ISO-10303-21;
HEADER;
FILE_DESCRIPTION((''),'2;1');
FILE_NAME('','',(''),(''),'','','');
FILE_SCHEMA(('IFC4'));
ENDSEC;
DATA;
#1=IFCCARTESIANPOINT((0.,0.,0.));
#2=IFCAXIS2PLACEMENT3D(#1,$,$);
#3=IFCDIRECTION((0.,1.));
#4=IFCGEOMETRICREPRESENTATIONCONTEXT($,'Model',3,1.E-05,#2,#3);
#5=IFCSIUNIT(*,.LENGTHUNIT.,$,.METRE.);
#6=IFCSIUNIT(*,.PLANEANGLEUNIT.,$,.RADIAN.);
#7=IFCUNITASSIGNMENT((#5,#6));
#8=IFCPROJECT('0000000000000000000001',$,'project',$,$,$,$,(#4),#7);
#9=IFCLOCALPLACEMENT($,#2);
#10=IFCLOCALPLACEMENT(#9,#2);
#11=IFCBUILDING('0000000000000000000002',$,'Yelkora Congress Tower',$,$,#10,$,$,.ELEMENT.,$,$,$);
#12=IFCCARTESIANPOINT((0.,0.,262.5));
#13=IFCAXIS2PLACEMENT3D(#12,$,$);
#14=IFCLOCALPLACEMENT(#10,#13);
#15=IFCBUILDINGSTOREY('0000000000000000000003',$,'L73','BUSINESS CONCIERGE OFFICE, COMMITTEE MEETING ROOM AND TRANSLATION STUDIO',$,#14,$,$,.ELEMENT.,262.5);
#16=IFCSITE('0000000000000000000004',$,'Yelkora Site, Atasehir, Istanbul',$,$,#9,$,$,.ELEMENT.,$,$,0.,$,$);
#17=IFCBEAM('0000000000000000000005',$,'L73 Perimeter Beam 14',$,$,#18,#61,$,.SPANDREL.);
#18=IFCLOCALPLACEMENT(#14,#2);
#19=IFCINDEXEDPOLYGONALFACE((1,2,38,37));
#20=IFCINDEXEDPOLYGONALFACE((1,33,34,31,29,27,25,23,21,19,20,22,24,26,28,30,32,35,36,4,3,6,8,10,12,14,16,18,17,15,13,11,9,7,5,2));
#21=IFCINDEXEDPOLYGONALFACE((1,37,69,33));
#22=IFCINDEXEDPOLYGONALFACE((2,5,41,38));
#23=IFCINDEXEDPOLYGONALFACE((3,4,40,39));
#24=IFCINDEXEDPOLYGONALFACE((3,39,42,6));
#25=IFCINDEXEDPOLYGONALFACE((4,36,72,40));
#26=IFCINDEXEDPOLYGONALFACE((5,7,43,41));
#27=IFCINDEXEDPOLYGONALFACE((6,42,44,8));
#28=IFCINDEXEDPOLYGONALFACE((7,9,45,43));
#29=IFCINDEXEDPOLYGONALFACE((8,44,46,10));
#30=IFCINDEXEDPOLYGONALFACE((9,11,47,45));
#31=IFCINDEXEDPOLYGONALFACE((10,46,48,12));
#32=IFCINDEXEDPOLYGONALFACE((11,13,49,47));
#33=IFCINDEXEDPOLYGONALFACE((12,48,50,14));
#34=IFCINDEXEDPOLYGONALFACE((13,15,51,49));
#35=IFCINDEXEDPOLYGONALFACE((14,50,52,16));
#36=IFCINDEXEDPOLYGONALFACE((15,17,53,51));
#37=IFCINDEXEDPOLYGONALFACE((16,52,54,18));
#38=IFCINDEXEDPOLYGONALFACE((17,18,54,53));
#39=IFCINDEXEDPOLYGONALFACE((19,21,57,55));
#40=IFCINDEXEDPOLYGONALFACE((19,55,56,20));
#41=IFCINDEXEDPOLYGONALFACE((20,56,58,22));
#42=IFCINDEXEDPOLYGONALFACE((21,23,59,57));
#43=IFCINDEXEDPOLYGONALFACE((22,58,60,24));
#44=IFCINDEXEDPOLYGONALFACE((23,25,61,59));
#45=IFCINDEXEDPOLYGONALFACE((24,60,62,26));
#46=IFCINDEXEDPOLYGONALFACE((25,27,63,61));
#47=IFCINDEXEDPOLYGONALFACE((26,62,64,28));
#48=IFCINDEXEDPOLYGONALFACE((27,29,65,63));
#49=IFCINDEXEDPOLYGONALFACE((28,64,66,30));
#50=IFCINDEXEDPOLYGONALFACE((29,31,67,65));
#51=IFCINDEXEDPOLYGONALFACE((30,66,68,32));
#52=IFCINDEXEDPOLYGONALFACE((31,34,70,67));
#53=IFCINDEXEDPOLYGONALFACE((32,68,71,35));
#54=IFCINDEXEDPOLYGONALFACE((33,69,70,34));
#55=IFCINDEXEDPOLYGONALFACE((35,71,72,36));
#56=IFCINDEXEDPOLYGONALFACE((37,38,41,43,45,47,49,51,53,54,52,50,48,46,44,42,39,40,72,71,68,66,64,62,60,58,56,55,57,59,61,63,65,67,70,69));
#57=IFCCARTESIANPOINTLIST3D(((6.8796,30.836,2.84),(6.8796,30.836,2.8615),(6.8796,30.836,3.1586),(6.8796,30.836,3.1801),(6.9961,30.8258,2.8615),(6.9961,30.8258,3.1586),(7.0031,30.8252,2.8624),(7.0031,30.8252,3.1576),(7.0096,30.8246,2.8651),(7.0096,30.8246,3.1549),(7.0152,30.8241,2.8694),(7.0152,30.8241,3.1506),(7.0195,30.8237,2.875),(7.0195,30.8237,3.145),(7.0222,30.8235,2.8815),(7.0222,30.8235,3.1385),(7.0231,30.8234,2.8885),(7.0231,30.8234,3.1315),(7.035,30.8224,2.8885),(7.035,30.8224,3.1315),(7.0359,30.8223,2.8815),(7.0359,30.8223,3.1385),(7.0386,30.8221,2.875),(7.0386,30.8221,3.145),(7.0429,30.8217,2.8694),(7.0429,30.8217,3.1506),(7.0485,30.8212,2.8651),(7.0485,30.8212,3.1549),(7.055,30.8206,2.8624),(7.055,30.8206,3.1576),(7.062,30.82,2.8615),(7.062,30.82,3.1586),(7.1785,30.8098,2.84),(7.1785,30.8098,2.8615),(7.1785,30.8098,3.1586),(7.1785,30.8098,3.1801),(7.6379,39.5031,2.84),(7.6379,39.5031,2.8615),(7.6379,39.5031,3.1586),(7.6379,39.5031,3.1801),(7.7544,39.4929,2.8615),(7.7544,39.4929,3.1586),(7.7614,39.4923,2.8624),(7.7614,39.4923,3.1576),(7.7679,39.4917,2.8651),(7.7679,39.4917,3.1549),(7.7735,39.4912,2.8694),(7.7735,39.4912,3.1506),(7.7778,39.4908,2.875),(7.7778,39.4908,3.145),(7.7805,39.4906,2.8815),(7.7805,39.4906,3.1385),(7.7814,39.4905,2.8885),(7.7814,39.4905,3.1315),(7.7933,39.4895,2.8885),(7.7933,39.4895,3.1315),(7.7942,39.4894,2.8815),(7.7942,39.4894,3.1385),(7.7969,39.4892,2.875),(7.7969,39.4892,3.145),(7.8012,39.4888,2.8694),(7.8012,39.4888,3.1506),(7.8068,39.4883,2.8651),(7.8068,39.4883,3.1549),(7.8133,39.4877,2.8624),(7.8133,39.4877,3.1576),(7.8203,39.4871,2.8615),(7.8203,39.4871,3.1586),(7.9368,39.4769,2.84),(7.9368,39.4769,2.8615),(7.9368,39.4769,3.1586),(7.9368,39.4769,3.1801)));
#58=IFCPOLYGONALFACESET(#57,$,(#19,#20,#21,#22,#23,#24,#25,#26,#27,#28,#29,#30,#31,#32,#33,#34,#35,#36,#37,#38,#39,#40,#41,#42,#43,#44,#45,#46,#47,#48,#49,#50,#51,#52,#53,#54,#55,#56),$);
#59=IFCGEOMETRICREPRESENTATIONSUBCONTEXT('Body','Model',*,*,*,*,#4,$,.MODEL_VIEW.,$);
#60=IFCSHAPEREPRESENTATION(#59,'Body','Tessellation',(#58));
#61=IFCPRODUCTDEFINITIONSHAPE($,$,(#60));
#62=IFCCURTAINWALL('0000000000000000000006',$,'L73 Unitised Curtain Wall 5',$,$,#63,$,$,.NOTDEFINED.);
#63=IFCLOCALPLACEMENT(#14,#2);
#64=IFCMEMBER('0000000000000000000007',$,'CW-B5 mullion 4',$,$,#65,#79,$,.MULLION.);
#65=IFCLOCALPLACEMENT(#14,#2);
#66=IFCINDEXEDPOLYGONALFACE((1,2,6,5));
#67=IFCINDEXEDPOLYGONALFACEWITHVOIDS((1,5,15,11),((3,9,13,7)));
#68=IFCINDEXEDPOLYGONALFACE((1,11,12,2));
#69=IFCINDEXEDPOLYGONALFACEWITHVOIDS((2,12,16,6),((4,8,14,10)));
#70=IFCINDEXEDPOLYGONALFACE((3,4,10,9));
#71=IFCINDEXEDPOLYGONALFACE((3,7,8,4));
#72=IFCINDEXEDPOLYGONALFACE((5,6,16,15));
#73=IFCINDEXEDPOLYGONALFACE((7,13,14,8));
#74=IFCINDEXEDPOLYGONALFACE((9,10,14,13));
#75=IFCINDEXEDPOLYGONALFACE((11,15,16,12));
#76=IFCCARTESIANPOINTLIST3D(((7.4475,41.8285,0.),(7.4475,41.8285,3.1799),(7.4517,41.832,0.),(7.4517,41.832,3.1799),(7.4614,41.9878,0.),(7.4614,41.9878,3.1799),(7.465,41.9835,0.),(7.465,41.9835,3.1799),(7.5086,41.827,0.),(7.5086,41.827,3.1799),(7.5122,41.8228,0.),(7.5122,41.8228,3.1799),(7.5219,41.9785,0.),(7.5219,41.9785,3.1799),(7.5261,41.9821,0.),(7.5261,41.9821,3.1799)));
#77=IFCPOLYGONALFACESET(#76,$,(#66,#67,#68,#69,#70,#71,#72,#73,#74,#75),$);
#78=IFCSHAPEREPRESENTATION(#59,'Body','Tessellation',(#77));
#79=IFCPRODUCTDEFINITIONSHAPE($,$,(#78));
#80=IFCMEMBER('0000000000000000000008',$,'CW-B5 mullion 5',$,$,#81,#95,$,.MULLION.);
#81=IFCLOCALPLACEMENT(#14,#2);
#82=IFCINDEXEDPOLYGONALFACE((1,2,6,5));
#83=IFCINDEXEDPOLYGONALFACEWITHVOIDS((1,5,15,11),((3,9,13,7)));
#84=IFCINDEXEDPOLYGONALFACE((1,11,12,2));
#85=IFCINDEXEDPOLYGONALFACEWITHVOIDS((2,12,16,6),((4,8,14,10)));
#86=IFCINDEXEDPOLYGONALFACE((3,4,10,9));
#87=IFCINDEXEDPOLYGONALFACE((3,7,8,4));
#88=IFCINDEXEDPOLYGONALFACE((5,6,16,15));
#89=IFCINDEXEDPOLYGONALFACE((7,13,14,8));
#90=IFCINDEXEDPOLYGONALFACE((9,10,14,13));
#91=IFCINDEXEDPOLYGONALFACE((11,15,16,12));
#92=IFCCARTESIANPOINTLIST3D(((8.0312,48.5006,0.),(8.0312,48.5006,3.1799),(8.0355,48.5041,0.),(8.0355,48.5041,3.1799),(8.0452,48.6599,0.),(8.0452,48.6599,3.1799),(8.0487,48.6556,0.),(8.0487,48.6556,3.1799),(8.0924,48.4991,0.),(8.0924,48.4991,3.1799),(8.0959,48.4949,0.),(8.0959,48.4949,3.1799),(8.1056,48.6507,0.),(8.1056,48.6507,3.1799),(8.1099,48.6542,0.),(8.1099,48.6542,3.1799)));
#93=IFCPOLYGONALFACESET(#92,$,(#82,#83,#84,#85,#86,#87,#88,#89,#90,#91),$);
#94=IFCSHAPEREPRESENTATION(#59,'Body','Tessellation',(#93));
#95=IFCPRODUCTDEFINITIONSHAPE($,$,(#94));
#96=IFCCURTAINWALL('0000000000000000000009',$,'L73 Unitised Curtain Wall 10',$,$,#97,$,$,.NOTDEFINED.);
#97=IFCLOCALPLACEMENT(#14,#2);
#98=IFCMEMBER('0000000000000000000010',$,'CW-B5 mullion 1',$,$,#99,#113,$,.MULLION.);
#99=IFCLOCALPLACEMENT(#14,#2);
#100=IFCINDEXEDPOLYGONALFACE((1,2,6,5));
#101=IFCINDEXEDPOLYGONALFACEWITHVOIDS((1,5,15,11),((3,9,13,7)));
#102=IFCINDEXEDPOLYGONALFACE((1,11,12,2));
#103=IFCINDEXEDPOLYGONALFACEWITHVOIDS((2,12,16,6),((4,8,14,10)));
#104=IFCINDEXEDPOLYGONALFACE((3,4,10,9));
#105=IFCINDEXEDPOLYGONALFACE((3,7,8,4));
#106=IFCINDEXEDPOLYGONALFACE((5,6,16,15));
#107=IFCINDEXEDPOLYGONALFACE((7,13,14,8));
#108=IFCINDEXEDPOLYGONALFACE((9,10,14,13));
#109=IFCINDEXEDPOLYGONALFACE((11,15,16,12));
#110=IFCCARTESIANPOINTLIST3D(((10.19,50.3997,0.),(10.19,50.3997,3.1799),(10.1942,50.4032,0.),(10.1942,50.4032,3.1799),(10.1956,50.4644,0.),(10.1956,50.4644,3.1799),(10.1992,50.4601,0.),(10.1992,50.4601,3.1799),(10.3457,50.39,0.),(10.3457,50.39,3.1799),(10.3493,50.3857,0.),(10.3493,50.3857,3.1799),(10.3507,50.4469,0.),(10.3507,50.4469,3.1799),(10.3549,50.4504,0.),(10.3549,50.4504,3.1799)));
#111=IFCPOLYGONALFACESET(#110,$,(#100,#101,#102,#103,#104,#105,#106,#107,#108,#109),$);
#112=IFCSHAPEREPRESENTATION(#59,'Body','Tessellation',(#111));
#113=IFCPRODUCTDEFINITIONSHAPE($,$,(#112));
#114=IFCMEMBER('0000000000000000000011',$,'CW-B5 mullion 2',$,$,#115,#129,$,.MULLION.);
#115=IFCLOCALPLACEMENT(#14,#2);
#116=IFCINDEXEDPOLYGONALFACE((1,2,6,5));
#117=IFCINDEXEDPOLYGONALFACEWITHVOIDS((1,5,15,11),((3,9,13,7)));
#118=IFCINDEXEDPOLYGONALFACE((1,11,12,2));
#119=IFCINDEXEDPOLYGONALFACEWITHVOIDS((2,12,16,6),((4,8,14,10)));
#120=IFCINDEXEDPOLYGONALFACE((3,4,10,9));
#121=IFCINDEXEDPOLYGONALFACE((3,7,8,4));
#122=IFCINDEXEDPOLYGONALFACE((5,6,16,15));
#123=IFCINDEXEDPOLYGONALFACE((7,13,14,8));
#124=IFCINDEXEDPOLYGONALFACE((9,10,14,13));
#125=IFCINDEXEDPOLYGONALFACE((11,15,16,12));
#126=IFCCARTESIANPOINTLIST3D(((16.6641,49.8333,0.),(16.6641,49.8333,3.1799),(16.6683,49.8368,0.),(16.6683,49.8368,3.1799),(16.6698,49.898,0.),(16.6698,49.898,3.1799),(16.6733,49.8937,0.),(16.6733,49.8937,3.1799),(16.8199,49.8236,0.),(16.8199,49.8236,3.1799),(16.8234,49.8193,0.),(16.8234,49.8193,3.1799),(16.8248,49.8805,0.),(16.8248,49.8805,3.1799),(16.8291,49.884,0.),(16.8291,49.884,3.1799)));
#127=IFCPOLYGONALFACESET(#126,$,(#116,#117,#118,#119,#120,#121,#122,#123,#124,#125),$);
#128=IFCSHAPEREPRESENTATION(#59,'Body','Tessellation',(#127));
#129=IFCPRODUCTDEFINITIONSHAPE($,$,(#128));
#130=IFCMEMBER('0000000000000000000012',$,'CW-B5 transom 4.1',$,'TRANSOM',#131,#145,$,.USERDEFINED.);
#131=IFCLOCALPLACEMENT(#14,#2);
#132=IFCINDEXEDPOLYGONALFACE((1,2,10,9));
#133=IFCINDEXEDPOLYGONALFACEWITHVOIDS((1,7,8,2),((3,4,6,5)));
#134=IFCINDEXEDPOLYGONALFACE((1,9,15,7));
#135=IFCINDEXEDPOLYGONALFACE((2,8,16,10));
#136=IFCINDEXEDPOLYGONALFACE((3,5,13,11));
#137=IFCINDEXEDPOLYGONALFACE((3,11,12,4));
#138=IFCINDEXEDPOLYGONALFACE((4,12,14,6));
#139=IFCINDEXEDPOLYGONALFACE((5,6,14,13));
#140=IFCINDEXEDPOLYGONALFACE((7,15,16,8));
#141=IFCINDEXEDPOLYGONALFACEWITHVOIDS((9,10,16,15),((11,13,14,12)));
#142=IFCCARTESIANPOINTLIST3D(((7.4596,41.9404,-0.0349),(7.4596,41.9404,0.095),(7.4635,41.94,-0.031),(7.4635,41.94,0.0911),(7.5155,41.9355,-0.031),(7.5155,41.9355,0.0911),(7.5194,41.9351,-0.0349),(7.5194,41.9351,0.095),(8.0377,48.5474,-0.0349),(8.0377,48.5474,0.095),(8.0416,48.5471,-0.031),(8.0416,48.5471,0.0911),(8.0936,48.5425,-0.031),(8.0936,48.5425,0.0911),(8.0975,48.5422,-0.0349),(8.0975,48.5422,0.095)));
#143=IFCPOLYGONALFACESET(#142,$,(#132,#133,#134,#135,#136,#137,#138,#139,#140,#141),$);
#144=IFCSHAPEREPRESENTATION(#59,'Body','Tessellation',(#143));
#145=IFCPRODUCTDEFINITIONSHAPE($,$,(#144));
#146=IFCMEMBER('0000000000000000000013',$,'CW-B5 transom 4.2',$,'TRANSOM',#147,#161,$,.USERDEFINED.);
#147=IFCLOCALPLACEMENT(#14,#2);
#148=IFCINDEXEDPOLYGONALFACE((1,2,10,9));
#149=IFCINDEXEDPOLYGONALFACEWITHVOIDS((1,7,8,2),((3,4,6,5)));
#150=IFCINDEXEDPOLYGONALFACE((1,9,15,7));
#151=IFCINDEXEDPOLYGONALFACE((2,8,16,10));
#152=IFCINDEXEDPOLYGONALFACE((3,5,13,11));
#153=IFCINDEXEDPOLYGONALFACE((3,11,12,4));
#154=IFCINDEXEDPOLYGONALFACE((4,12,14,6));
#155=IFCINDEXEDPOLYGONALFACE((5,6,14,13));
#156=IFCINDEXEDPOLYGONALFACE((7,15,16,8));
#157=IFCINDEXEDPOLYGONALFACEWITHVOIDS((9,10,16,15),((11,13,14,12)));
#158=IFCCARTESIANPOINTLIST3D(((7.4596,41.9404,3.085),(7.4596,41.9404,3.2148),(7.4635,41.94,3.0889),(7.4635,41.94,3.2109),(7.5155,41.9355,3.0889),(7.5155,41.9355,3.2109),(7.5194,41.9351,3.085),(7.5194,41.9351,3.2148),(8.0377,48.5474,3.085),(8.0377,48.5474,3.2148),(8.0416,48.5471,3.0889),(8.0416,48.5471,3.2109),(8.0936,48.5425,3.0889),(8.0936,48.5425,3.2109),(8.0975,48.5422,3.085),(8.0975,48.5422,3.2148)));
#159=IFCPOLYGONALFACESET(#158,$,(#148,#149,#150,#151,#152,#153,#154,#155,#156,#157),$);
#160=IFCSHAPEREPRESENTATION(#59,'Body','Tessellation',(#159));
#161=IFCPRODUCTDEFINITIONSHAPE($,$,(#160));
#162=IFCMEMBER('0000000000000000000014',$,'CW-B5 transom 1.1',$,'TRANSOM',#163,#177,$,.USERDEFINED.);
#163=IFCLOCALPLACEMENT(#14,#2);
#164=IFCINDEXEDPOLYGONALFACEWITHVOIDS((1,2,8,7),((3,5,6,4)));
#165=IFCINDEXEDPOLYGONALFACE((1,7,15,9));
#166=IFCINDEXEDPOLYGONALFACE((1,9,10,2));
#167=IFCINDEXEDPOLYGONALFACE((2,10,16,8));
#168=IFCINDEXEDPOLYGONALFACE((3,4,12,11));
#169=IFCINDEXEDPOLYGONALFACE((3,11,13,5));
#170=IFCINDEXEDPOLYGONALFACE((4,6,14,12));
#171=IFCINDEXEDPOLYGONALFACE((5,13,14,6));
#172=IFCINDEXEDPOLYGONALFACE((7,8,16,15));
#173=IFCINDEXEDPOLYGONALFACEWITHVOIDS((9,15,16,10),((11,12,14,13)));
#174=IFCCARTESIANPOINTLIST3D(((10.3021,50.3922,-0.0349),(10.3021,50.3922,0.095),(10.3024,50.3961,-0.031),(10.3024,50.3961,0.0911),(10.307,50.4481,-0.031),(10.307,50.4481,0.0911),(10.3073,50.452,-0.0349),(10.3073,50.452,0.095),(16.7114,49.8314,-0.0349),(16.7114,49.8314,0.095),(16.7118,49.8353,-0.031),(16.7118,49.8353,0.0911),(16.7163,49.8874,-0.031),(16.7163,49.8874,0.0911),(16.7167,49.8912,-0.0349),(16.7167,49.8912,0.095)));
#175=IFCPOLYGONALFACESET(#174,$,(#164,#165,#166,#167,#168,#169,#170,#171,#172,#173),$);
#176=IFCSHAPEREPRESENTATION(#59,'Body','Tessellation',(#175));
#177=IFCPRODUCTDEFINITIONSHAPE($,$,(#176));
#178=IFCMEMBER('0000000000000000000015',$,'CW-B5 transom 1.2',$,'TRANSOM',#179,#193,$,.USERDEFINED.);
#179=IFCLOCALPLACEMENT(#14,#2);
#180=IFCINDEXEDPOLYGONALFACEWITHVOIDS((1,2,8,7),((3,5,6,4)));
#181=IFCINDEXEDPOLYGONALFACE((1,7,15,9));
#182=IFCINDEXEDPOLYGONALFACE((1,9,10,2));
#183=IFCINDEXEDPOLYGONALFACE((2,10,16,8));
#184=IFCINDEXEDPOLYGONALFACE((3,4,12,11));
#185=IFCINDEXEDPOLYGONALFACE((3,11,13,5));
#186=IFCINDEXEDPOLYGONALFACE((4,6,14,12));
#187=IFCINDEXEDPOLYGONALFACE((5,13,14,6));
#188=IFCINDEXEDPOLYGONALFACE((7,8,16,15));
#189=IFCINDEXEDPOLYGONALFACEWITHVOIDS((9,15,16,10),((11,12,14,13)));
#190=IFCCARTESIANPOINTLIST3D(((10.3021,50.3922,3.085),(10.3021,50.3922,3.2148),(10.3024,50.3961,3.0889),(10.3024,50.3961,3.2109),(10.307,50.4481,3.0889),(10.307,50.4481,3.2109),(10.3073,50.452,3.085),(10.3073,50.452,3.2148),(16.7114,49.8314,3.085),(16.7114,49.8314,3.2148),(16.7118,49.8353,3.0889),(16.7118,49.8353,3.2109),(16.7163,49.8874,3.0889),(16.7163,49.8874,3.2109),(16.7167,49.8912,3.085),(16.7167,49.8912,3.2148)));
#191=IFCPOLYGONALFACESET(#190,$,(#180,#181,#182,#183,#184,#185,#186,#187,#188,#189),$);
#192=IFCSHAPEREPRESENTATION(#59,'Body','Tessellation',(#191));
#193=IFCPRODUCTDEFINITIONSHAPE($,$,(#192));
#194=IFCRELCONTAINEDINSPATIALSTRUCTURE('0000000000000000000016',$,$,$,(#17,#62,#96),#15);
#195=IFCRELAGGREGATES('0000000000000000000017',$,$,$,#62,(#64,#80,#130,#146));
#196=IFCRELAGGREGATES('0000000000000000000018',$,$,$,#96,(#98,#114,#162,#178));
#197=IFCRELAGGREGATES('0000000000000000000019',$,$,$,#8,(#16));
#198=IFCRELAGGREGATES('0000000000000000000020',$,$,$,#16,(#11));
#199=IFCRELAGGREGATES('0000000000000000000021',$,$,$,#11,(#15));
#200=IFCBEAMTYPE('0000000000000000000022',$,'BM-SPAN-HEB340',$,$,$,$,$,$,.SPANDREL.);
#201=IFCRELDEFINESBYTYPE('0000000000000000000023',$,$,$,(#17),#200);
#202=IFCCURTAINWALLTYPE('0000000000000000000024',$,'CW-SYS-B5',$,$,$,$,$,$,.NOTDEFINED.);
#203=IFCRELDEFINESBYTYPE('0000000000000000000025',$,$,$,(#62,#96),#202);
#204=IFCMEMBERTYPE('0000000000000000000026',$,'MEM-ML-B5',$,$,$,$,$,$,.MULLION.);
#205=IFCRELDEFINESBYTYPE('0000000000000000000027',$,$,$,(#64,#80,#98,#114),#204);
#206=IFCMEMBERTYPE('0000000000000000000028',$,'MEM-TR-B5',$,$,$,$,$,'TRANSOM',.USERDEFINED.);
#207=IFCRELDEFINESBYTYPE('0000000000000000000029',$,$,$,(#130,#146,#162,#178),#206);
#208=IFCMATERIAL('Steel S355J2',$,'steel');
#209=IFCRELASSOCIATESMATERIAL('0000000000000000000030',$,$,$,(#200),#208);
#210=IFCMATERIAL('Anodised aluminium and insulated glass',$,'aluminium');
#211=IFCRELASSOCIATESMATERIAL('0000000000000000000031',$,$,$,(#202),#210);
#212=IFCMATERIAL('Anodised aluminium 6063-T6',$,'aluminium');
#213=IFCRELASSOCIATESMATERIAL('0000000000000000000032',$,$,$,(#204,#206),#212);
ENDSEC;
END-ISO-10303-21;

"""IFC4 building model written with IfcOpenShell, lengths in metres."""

from ifc_helpers import new_model, si_unit, direction, frame, origin, origin_2d, place, context, subcontext, project, spatial, hollow_rectangle, i_section, extrude, material, material_profile, profile_set, type_object, element, aggregate, save


model = new_model("IFC4")

# Units and contexts
model_context = context("Model", 3, precision=1e-05, world=origin(), true_north=direction((0.0, 1.0)))
body_context = subcontext(model_context, "Body", "Model", "MODEL_VIEW")
ifc_project = project(units=[si_unit("LENGTHUNIT", "METRE"), si_unit("PLANEANGLEUNIT", "RADIAN")], contexts=[model_context])

# Site, building, storey
site_placement = place(None, origin())
site = spatial("IfcSite", under=ifc_project, at=site_placement, Name="Yelkora Site, Atasehir, Istanbul", CompositionType="ELEMENT", RefElevation=0.0)
building_placement = place(site_placement, origin())
building = spatial("IfcBuilding", under=site, at=building_placement, Name="Yelkora Congress Tower", CompositionType="ELEMENT")
storey_placement = place(building_placement, frame((0.0, 0.0, 262.5)))
storey = spatial("IfcBuildingStorey", under=building, at=storey_placement, Name="L73", Description="BUSINESS CONCIERGE OFFICE, COMMITTEE MEETING ROOM AND TRANSLATION STUDIO", CompositionType="ELEMENT", Elevation=262.5)

# Shared definitions
ifc_material_1 = material(Name="Steel S355J2", Category="steel")

# Beam
ifc_material_profile_1 = material_profile(ifc_material_1, i_section(OverallWidth=0.3, OverallDepth=0.3401, WebThickness=0.012, FlangeThickness=0.0215, FilletRadius=0.0271, at=origin_2d()), Name="HEB 340")
ifc_profile_set_1 = profile_set([ifc_material_profile_1], Name="Steel S355J2")
beam_type_1 = type_object("IfcBeamType", Name="BM-SPAN-HEB340", PredefinedType="SPANDREL", material=ifc_profile_set_1)
beam_1_placement = place(storey_placement, frame((7.7874, 39.49, 3.01), z_axis=(-0.08716, -0.996194, 0.0), x_axis=(0.996194, -0.08716, 0.0)))
element("IfcBeam", 1, at=beam_1_placement, inside=storey, type_object=beam_type_1, Name="L73 Perimeter Beam 14", PredefinedType="SPANDREL", context=body_context, shape_type="SweptSolid", body=[
    extrude(i_section(OverallWidth=0.3, OverallDepth=0.3401, WebThickness=0.012, FlangeThickness=0.0215, FilletRadius=0.0271, at=origin_2d()), origin(), (0.0, 0.0, 1.0), 8.7002),
])

# Curtain walls, members
ifc_material_2 = material(Name="Anodised aluminium and insulated glass", Category="aluminium")
curtain_wall_type = type_object("IfcCurtainWallType", Name="CW-SYS-B5", PredefinedType="NOTDEFINED", material=ifc_material_2)
curtain_wall_1_placement = place(storey_placement, origin())
curtain_wall_1 = element("IfcCurtainWall", 2, at=curtain_wall_1_placement, inside=storey, type_object=curtain_wall_type, Name="L73 Unitised Curtain Wall 5", PredefinedType="NOTDEFINED")
ifc_material_3 = material(Name="Anodised aluminium 6063-T6", Category="aluminium")
ifc_material_profile_2 = material_profile(ifc_material_3, hollow_rectangle(XDim=0.0649, YDim=0.1599, WallThickness=0.0039, at=origin_2d()), Name="ALU 65x160x4")
ifc_profile_set_2 = profile_set([ifc_material_profile_2], Name="Anodised aluminium 6063-T6")
member_type_1 = type_object("IfcMemberType", Name="MEM-ML-B5", PredefinedType="MULLION", material=ifc_profile_set_2)
member_1_placement = place(storey_placement, frame((7.4868, 41.9053, 0.0), z_axis=(0.0, 0.0, 1.0), x_axis=(-0.996195, 0.087155, 0.0)))
member_1 = element("IfcMember", 3, at=member_1_placement, type_object=member_type_1, Name="CW-B5 mullion 4", PredefinedType="MULLION", context=body_context, shape_type="SweptSolid", body=[
    extrude(hollow_rectangle(XDim=0.0649, YDim=0.1599, WallThickness=0.0039, at=origin_2d()), origin(), (0.0, 0.0, 1.0), 3.1799),
])
member_2_placement = place(storey_placement, frame((8.0706, 48.5774, 0.0), z_axis=(0.0, 0.0, 1.0), x_axis=(-0.996195, 0.087155, 0.0)))
member_2 = element("IfcMember", 4, at=member_2_placement, type_object=member_type_1, Name="CW-B5 mullion 5", PredefinedType="MULLION", context=body_context, shape_type="SweptSolid", body=[
    extrude(hollow_rectangle(XDim=0.0649, YDim=0.1599, WallThickness=0.0039, at=origin_2d()), origin(), (0.0, 0.0, 1.0), 3.1799),
])
curtain_wall_2_placement = place(storey_placement, origin())
curtain_wall_2 = element("IfcCurtainWall", 5, at=curtain_wall_2_placement, inside=storey, type_object=curtain_wall_type, Name="L73 Unitised Curtain Wall 10", PredefinedType="NOTDEFINED")
member_3_placement = place(storey_placement, frame((10.2725, 50.425, 0.0), z_axis=(0.0, 0.0, 1.0), x_axis=(0.087157, 0.996195, 0.0)))
member_3 = element("IfcMember", 6, at=member_3_placement, type_object=member_type_1, Name="CW-B5 mullion 1", PredefinedType="MULLION", context=body_context, shape_type="SweptSolid", body=[
    extrude(hollow_rectangle(XDim=0.0649, YDim=0.1599, WallThickness=0.0039, at=origin_2d()), origin(), (0.0, 0.0, 1.0), 3.1799),
])
member_4_placement = place(storey_placement, frame((16.7466, 49.8586, 0.0), z_axis=(0.0, 0.0, 1.0), x_axis=(0.087157, 0.996195, 0.0)))
member_4 = element("IfcMember", 7, at=member_4_placement, type_object=member_type_1, Name="CW-B5 mullion 2", PredefinedType="MULLION", context=body_context, shape_type="SweptSolid", body=[
    extrude(hollow_rectangle(XDim=0.0649, YDim=0.1599, WallThickness=0.0039, at=origin_2d()), origin(), (0.0, 0.0, 1.0), 3.1799),
])

# Members
ifc_material_profile_3 = material_profile(ifc_material_3, hollow_rectangle(XDim=0.0601, YDim=0.1299, WallThickness=0.0039, at=origin_2d()), Name="ALU 60x130x4")
ifc_profile_set_3 = profile_set([ifc_material_profile_3], Name="Anodised aluminium 6063-T6")
member_type_2 = type_object("IfcMemberType", Name="MEM-TR-B5", ElementType="TRANSOM", PredefinedType="USERDEFINED", material=ifc_profile_set_3)
member_5_placement = place(storey_placement, frame((7.4895, 41.9377, 0.03), z_axis=(0.087166, 0.996194, 0.0), x_axis=(-0.996194, 0.087166, 0.0)))
member_5 = element("IfcMember", 8, at=member_5_placement, type_object=member_type_2, Name="CW-B5 transom 4.1", ObjectType="TRANSOM", PredefinedType="USERDEFINED", context=body_context, shape_type="SweptSolid", body=[
    extrude(hollow_rectangle(XDim=0.0601, YDim=0.1299, WallThickness=0.0039, at=origin_2d()), origin(), (0.0, 0.0, 1.0), 6.6323),
])
member_6_placement = place(storey_placement, frame((7.4895, 41.9377, 3.1499), z_axis=(0.087166, 0.996194, 0.0), x_axis=(-0.996194, 0.087166, 0.0)))
member_6 = element("IfcMember", 9, at=member_6_placement, type_object=member_type_2, Name="CW-B5 transom 4.2", ObjectType="TRANSOM", PredefinedType="USERDEFINED", context=body_context, shape_type="SweptSolid", body=[
    extrude(hollow_rectangle(XDim=0.0601, YDim=0.1299, WallThickness=0.0039, at=origin_2d()), origin(), (0.0, 0.0, 1.0), 6.6323),
])
member_7_placement = place(storey_placement, frame((10.3047, 50.4221, 0.03), z_axis=(0.996194, -0.087162, 0.0), x_axis=(0.087162, 0.996194, 0.0)))
member_7 = element("IfcMember", 10, at=member_7_placement, type_object=member_type_2, Name="CW-B5 transom 1.1", ObjectType="TRANSOM", PredefinedType="USERDEFINED", context=body_context, shape_type="SweptSolid", body=[
    extrude(hollow_rectangle(XDim=0.0601, YDim=0.1299, WallThickness=0.0039, at=origin_2d()), origin(), (0.0, 0.0, 1.0), 6.4338),
])
member_8_placement = place(storey_placement, frame((10.3047, 50.4221, 3.1499), z_axis=(0.996194, -0.087162, 0.0), x_axis=(0.087162, 0.996194, 0.0)))
member_8 = element("IfcMember", 11, at=member_8_placement, type_object=member_type_2, Name="CW-B5 transom 1.2", ObjectType="TRANSOM", PredefinedType="USERDEFINED", context=body_context, shape_type="SweptSolid", body=[
    extrude(hollow_rectangle(XDim=0.0601, YDim=0.1299, WallThickness=0.0039, at=origin_2d()), origin(), (0.0, 0.0, 1.0), 6.4338),
])

aggregate(curtain_wall_1, [member_1, member_2, member_5, member_6])
aggregate(curtain_wall_2, [member_3, member_4, member_7, member_8])

save(model, "model.ifc")
